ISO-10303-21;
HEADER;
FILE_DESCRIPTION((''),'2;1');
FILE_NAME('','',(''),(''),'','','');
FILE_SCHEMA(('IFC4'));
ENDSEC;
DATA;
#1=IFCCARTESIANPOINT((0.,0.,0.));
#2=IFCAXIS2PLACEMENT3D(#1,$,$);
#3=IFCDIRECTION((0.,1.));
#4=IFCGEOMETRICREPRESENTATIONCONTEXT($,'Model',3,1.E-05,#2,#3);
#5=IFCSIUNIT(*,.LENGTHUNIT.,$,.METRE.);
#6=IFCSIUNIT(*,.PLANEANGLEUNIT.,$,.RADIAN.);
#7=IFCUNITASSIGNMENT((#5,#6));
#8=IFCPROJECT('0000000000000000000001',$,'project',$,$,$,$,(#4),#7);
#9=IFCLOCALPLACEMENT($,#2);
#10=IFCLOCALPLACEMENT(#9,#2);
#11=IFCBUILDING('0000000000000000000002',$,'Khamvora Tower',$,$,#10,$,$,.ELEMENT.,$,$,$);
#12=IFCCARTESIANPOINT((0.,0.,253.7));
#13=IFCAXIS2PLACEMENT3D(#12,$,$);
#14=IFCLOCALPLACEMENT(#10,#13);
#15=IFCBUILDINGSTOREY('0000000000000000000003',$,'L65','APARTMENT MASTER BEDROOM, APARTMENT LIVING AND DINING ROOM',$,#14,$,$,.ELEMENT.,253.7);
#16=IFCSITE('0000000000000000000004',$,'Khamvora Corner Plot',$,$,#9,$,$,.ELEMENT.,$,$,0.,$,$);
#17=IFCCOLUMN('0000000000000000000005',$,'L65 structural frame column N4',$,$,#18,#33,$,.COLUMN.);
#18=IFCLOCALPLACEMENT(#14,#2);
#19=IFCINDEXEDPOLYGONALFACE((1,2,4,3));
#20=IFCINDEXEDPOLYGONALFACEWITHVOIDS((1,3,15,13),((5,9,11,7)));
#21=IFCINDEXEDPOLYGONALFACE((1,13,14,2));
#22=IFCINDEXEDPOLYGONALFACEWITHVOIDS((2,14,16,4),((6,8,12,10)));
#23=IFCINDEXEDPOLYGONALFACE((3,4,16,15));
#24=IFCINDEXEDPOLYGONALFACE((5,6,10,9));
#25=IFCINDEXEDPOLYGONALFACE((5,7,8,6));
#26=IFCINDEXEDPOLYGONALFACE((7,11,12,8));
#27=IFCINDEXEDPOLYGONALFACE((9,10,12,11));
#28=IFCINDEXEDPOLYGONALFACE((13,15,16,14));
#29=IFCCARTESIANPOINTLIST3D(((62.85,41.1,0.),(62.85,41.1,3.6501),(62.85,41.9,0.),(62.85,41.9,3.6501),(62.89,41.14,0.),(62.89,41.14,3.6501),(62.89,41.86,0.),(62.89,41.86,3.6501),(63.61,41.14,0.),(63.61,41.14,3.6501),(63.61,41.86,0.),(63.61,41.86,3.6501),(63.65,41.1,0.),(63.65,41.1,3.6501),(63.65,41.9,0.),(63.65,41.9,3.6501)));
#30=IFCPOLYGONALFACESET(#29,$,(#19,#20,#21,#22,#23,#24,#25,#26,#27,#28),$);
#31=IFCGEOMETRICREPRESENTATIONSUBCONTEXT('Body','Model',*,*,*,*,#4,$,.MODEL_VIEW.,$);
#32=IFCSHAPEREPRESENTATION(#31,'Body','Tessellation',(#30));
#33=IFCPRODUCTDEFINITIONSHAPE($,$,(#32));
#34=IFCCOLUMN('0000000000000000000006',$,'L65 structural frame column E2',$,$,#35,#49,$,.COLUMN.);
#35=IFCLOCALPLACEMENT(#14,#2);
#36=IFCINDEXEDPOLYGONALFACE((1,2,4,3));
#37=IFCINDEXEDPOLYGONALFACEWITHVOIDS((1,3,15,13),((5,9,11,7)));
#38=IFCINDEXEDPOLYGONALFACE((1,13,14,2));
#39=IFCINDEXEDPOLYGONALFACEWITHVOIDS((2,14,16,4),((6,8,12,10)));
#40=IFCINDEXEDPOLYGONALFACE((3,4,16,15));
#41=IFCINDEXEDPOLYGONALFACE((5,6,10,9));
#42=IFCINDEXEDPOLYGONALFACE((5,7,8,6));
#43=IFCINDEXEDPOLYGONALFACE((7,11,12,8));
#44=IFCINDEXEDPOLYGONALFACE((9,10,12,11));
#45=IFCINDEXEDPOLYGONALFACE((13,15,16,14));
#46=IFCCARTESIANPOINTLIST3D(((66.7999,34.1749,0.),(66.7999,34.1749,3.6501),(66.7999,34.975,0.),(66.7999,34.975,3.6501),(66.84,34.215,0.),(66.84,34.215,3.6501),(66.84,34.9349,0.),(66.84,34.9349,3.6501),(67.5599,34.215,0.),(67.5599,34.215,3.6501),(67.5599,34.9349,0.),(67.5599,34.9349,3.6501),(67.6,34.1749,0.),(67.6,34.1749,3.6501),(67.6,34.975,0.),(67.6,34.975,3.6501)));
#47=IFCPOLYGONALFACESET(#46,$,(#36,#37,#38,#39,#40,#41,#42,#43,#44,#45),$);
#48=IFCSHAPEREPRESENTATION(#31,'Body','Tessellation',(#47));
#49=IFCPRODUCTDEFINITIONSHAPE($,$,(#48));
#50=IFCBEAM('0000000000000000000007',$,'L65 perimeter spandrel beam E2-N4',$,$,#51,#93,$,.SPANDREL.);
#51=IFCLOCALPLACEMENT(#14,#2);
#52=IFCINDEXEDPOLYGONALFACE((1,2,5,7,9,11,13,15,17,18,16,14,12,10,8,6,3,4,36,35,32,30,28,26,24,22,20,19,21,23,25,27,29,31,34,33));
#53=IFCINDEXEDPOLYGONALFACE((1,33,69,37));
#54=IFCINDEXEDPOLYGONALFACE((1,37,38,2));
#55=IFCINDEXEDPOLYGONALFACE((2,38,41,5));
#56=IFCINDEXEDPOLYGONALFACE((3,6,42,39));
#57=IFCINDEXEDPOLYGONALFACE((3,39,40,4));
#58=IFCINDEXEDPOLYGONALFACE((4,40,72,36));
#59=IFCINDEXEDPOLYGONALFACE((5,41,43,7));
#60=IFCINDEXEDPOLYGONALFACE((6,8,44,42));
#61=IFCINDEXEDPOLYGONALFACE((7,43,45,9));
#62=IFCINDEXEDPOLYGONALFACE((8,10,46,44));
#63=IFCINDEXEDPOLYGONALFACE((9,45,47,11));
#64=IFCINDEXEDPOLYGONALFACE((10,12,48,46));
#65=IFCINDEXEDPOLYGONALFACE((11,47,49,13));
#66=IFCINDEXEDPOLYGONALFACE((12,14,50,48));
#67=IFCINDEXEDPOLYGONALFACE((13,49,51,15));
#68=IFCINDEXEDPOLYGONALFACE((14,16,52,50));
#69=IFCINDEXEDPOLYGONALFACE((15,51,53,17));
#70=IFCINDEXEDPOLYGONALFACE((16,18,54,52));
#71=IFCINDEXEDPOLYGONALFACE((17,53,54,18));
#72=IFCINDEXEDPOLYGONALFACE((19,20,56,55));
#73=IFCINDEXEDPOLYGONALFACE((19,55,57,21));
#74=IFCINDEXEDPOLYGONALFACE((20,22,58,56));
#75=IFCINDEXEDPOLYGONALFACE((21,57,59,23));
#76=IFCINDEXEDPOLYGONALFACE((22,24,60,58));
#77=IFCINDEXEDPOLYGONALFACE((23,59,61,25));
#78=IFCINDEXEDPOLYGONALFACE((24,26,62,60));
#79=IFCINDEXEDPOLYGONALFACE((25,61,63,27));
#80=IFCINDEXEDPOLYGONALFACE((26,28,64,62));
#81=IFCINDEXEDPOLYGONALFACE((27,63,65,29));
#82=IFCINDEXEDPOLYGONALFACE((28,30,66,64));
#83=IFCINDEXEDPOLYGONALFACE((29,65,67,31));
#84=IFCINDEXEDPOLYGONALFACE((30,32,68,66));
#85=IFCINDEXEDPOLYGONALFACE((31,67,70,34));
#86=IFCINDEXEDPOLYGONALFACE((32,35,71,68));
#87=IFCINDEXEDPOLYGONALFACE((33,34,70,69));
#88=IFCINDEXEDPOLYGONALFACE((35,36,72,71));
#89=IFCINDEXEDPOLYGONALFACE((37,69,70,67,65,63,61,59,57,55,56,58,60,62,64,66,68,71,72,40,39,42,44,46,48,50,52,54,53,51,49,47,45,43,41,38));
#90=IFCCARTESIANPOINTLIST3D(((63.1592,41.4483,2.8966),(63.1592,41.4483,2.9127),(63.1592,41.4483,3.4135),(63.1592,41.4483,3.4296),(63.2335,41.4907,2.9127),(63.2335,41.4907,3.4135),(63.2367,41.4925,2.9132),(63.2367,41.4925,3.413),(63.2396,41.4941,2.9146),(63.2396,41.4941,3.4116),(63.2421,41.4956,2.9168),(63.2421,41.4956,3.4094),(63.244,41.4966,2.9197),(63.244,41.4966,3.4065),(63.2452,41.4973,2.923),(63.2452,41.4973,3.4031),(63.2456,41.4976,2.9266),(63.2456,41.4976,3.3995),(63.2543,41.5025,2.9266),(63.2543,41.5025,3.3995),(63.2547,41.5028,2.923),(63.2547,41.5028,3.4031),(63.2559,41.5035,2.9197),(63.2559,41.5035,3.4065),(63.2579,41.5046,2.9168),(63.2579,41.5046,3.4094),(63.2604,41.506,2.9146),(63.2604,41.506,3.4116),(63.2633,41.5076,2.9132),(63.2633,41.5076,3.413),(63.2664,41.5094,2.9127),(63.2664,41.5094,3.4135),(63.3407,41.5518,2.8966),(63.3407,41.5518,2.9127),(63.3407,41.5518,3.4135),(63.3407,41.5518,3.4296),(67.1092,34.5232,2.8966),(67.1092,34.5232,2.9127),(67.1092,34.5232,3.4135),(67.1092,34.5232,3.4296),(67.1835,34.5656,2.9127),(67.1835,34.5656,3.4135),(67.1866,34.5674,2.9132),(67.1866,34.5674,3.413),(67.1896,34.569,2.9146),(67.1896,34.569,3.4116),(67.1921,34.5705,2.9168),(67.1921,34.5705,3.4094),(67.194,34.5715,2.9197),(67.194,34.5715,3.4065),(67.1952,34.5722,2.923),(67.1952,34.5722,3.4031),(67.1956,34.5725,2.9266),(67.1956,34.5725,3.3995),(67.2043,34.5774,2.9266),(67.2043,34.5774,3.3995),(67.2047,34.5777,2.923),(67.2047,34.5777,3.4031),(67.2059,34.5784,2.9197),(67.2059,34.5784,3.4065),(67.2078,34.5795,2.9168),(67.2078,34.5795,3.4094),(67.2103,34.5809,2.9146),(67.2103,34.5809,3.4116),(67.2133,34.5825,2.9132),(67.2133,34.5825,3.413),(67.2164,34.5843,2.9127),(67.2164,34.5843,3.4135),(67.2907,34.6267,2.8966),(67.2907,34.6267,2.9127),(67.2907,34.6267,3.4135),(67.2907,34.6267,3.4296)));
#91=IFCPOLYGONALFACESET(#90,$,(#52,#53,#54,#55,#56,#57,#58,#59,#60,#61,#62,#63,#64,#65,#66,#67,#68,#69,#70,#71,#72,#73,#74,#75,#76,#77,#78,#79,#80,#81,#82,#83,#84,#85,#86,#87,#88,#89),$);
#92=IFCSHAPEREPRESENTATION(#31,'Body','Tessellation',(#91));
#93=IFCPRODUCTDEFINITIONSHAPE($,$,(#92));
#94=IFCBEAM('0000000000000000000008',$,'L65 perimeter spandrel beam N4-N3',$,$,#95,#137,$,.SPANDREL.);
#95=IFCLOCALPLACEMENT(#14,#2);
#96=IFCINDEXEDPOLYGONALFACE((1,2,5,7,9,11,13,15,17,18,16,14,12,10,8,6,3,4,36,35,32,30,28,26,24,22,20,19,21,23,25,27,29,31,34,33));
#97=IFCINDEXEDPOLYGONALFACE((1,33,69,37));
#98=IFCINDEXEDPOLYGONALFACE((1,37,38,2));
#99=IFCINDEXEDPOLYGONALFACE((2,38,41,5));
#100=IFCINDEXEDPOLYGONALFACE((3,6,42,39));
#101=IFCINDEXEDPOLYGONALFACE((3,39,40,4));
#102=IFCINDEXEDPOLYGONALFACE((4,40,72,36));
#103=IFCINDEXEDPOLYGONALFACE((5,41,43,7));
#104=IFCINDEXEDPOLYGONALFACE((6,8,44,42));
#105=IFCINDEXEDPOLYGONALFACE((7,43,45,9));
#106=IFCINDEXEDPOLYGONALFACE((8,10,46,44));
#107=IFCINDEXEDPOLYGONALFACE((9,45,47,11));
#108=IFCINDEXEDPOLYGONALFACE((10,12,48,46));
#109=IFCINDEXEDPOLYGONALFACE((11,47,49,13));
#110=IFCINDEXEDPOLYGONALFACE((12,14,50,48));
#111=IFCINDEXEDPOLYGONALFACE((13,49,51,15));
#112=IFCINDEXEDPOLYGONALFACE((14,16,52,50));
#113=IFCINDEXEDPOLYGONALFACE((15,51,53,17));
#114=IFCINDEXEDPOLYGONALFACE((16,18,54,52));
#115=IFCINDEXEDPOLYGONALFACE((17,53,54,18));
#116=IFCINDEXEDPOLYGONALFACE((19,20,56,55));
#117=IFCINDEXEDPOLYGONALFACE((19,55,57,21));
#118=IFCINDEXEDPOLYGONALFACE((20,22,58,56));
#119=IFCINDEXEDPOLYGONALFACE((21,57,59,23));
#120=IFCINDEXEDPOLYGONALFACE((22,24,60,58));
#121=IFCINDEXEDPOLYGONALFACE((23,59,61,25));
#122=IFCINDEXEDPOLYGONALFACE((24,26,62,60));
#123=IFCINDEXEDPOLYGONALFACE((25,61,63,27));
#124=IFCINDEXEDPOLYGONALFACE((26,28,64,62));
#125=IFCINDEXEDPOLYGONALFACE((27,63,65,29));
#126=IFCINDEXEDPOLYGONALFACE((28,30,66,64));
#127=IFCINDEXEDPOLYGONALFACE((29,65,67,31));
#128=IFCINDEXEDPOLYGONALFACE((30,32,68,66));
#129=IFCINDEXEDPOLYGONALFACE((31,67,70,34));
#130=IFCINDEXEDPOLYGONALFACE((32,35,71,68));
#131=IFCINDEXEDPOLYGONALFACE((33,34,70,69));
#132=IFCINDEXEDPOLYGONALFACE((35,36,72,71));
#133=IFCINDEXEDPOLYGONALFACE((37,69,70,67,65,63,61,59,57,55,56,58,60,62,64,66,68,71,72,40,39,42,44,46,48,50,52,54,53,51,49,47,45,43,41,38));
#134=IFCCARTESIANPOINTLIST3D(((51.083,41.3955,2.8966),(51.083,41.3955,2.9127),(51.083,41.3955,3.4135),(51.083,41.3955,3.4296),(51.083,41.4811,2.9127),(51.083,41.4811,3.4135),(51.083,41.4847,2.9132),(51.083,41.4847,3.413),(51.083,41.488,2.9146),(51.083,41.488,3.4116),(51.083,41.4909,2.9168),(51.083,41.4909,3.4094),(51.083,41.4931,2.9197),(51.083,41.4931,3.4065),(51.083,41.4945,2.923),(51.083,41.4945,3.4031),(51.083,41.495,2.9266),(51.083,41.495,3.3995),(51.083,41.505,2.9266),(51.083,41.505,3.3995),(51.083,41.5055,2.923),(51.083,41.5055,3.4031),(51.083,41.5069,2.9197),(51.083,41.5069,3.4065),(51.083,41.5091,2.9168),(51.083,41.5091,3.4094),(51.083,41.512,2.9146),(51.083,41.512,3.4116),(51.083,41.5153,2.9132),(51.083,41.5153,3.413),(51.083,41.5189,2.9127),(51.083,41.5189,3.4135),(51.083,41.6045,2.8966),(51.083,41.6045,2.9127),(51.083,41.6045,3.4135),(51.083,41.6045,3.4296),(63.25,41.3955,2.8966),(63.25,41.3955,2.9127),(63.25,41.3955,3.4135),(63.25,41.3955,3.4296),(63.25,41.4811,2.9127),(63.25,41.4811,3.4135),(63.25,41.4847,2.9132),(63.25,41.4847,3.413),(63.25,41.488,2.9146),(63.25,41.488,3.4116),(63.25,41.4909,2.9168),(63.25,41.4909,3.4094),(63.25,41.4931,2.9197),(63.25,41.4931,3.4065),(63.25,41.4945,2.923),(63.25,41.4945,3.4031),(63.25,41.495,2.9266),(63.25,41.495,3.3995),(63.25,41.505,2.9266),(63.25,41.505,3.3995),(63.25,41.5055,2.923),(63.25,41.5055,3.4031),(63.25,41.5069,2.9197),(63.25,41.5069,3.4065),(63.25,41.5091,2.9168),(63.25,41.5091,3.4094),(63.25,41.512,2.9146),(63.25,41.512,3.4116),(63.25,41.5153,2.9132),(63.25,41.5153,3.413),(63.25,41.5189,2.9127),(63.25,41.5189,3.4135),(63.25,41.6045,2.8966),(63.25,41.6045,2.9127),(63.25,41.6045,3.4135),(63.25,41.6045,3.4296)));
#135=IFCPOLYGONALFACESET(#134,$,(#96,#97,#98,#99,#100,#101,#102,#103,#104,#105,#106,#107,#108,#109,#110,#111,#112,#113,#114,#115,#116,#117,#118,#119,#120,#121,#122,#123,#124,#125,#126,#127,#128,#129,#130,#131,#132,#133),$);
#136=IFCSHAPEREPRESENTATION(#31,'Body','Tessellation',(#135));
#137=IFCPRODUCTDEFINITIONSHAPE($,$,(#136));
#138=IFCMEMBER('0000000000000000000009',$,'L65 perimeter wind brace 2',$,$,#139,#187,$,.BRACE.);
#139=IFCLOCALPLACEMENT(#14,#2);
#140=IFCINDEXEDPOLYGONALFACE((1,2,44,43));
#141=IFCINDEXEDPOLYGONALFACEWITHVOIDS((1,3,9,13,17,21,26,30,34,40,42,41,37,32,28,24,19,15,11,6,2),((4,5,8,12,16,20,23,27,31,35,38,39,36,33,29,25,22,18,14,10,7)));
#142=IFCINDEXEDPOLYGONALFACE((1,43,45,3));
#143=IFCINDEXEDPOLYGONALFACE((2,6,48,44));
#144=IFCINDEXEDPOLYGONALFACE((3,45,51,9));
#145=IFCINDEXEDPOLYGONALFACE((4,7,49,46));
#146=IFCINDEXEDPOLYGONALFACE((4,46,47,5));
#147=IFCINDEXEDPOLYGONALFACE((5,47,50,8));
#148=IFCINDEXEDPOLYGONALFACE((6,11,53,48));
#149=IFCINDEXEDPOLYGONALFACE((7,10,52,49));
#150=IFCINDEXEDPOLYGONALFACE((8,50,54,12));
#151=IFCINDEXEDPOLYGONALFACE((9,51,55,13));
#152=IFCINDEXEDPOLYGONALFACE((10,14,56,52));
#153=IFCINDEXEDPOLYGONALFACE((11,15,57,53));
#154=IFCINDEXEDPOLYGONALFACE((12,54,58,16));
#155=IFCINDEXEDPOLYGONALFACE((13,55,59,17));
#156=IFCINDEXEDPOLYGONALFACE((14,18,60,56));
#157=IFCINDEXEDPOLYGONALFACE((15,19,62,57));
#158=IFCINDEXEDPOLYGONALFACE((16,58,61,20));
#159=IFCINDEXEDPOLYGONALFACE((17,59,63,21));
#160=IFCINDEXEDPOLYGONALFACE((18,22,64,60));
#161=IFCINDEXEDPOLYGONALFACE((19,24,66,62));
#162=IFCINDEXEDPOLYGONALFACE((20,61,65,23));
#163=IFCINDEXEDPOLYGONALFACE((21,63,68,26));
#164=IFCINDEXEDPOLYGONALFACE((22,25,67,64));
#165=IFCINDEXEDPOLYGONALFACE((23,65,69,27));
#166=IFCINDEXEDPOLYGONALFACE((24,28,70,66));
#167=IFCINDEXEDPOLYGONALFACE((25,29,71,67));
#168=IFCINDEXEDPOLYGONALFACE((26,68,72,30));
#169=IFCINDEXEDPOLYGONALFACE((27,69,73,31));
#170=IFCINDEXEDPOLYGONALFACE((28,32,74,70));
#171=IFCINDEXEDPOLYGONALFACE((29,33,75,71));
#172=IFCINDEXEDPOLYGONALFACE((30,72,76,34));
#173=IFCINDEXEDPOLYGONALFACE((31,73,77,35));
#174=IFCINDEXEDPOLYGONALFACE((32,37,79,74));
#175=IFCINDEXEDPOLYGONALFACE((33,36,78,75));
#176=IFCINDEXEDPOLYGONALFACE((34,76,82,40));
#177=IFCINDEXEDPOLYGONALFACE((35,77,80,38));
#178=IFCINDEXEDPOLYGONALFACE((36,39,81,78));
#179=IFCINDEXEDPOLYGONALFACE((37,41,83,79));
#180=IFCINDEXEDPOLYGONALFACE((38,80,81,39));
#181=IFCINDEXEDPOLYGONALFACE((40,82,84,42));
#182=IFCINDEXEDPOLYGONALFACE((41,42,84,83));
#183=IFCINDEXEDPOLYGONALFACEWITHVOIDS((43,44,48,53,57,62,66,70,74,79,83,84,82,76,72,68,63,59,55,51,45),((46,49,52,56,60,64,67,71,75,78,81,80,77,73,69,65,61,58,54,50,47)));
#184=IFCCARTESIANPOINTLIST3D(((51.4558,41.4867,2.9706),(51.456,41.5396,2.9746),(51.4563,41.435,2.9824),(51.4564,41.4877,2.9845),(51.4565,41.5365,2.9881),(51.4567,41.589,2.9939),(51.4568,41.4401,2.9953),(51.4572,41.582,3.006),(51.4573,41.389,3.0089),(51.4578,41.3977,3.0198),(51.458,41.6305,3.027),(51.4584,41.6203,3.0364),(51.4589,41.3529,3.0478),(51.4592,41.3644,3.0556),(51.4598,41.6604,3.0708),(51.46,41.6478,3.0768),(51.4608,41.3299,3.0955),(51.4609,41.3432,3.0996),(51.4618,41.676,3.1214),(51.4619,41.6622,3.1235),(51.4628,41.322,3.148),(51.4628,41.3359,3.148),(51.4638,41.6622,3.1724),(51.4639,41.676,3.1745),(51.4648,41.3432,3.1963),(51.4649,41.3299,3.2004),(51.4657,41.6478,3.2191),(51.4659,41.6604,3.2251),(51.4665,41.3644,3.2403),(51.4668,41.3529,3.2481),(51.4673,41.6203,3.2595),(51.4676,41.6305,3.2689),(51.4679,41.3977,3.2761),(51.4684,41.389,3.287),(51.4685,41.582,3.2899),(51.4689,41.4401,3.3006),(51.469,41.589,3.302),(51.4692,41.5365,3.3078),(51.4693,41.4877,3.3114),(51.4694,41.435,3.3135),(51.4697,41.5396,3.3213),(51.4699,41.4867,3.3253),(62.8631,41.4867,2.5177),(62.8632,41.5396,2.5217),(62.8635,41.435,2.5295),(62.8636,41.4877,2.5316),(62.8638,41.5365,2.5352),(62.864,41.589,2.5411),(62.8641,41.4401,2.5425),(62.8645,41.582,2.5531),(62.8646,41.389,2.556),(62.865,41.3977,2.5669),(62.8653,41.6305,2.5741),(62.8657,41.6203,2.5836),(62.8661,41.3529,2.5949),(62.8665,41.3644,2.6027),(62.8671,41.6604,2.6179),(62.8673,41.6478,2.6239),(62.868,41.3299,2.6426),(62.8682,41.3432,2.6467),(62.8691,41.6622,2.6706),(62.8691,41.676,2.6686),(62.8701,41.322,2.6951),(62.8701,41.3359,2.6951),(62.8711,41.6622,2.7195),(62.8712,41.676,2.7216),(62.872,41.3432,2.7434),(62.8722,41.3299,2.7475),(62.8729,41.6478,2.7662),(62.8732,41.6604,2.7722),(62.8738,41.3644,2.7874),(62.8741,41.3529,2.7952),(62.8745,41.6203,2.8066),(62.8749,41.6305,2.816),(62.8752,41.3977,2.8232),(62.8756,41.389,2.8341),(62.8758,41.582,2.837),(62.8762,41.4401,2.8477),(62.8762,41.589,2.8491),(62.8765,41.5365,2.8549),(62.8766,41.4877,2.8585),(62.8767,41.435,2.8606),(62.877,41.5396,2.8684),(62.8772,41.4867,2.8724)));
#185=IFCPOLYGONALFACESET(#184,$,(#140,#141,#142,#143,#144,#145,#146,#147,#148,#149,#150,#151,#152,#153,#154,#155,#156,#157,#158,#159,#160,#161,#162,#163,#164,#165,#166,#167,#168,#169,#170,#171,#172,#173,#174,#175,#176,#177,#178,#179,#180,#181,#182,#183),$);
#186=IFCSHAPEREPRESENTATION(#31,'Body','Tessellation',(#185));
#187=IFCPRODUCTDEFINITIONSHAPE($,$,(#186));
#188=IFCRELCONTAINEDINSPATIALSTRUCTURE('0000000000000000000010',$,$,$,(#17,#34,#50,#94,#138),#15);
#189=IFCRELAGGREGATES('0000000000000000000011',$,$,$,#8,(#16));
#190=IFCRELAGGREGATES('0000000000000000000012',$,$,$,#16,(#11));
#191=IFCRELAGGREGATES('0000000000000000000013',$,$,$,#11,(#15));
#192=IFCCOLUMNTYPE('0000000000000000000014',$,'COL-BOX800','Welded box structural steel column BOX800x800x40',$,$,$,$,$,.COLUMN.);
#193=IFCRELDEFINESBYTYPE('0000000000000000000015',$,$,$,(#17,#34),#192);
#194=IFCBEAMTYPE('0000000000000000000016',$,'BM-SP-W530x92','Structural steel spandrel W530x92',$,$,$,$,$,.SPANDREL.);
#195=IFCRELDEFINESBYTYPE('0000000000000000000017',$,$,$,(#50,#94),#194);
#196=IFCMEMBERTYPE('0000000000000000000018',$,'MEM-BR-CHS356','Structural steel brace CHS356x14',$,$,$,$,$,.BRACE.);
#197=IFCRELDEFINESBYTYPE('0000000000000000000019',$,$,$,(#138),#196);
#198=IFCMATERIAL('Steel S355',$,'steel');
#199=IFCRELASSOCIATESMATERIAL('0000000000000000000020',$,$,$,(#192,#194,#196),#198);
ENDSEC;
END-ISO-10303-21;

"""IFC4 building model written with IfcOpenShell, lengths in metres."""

from ifc_helpers import new_model, si_unit, direction, frame, origin, origin_2d, place, context, subcontext, project, spatial, hollow_rectangle, hollow_circle, i_section, extrude, material, material_profile, profile_set, type_object, element, save


model = new_model("IFC4")

# Units and contexts
model_context = context("Model", 3, precision=1e-05, world=origin(), true_north=direction((0.0, 1.0)))
body_context = subcontext(model_context, "Body", "Model", "MODEL_VIEW")
ifc_project = project(units=[si_unit("LENGTHUNIT", "METRE"), si_unit("PLANEANGLEUNIT", "RADIAN")], contexts=[model_context])

# Site, building, storey
site_placement = place(None, origin())
site = spatial("IfcSite", under=ifc_project, at=site_placement, Name="Khamvora Corner Plot", CompositionType="ELEMENT", RefElevation=0.0)
building_placement = place(site_placement, origin())
building = spatial("IfcBuilding", under=site, at=building_placement, Name="Khamvora Tower", CompositionType="ELEMENT")
storey_placement = place(building_placement, frame((0.0, 0.0, 253.7)))
storey = spatial("IfcBuildingStorey", under=building, at=storey_placement, Name="L65", Description="APARTMENT MASTER BEDROOM, APARTMENT LIVING AND DINING ROOM", CompositionType="ELEMENT", Elevation=253.7)

# Columns
ifc_material_1 = material(Name="Steel S355", Category="steel")
ifc_material_profile_1 = material_profile(ifc_material_1, hollow_rectangle(XDim=0.8, YDim=0.8, WallThickness=0.04, at=origin_2d()), Name="BOX800x800x40")
ifc_profile_set_1 = profile_set([ifc_material_profile_1], Name="Steel S355")
column_type = type_object("IfcColumnType", Name="COL-BOX800", Description="Welded box structural steel column BOX800x800x40", PredefinedType="COLUMN", material=ifc_profile_set_1)
for number, where, z_axis, x_axis, name in (
    (1, (63.25, 41.5, 0.0), (0.0, 0.0, 1.0), (1.0, 0.0, 0.0), "L65 structural frame column N4"),
    (2, (67.2, 34.575, 0.0), (0.0, 0.0, 1.0), (1.0, 0.0, 0.0), "L65 structural frame column E2"),
):
    element("IfcColumn", number, at=place(storey_placement, frame(where, z_axis=z_axis, x_axis=x_axis)), inside=storey, type_object=column_type, Name=name, PredefinedType="COLUMN", context=body_context, shape_type="SweptSolid", body=[
        extrude(hollow_rectangle(XDim=0.8, YDim=0.8, WallThickness=0.04, at=origin_2d()), origin(), (0.0, 0.0, 1.0), 3.6501),
    ])

# Beams
ifc_material_profile_2 = material_profile(ifc_material_1, i_section(OverallWidth=0.209, OverallDepth=0.533, WebThickness=0.01, FlangeThickness=0.0161, FilletRadius=0.0139, at=origin_2d()), Name="W530x92")
ifc_profile_set_2 = profile_set([ifc_material_profile_2], Name="Steel S355")
beam_type = type_object("IfcBeamType", Name="BM-SP-W530x92", Description="Structural steel spandrel W530x92", PredefinedType="SPANDREL", material=ifc_profile_set_2)
beam_1_placement = place(storey_placement, frame((67.2, 34.575, 3.1631), z_axis=(-0.495456, 0.868633, 0.0), x_axis=(-0.868633, -0.495456, 0.0)))
element("IfcBeam", 3, at=beam_1_placement, inside=storey, type_object=beam_type, Name="L65 perimeter spandrel beam E2-N4", PredefinedType="SPANDREL", context=body_context, shape_type="SweptSolid", body=[
    extrude(i_section(OverallWidth=0.209, OverallDepth=0.533, WebThickness=0.01, FlangeThickness=0.0161, FilletRadius=0.0139, at=origin_2d()), origin(), (0.0, 0.0, 1.0), 7.9724),
])
beam_2_placement = place(storey_placement, frame((63.25, 41.5, 3.1631), z_axis=(-1.0, 0.0, 0.0), x_axis=(0.0, -1.0, 0.0)))
element("IfcBeam", 4, at=beam_2_placement, inside=storey, type_object=beam_type, Name="L65 perimeter spandrel beam N4-N3", PredefinedType="SPANDREL", context=body_context, shape_type="SweptSolid", body=[
    extrude(i_section(OverallWidth=0.209, OverallDepth=0.533, WebThickness=0.01, FlangeThickness=0.0161, FilletRadius=0.0139, at=origin_2d()), origin(), (0.0, 0.0, 1.0), 12.167),
])

# Member
ifc_material_profile_3 = material_profile(ifc_material_1, hollow_circle(Radius=0.178, WallThickness=0.0139, at=origin_2d()), Name="CHS356x14")
ifc_profile_set_3 = profile_set([ifc_material_profile_3], Name="Steel S355")
member_type = type_object("IfcMemberType", Name="MEM-BR-CHS356", Description="Structural steel brace CHS356x14", PredefinedType="BRACE", material=ifc_profile_set_3)
member_placement = place(storey_placement, frame((62.8701, 41.5, 2.6951), z_axis=(-0.999213, 0.0, 0.03967), x_axis=(0.0, -1.0, 0.0)))
element("IfcMember", 5, at=member_placement, inside=storey, type_object=member_type, Name="L65 perimeter wind brace 2", PredefinedType="BRACE", context=body_context, shape_type="SweptSolid", body=[
    extrude(hollow_circle(Radius=0.178, WallThickness=0.0139, at=origin_2d()), origin(), (0.0, 0.0, 1.0), 11.4163),
])

save(model, "model.ifc")
